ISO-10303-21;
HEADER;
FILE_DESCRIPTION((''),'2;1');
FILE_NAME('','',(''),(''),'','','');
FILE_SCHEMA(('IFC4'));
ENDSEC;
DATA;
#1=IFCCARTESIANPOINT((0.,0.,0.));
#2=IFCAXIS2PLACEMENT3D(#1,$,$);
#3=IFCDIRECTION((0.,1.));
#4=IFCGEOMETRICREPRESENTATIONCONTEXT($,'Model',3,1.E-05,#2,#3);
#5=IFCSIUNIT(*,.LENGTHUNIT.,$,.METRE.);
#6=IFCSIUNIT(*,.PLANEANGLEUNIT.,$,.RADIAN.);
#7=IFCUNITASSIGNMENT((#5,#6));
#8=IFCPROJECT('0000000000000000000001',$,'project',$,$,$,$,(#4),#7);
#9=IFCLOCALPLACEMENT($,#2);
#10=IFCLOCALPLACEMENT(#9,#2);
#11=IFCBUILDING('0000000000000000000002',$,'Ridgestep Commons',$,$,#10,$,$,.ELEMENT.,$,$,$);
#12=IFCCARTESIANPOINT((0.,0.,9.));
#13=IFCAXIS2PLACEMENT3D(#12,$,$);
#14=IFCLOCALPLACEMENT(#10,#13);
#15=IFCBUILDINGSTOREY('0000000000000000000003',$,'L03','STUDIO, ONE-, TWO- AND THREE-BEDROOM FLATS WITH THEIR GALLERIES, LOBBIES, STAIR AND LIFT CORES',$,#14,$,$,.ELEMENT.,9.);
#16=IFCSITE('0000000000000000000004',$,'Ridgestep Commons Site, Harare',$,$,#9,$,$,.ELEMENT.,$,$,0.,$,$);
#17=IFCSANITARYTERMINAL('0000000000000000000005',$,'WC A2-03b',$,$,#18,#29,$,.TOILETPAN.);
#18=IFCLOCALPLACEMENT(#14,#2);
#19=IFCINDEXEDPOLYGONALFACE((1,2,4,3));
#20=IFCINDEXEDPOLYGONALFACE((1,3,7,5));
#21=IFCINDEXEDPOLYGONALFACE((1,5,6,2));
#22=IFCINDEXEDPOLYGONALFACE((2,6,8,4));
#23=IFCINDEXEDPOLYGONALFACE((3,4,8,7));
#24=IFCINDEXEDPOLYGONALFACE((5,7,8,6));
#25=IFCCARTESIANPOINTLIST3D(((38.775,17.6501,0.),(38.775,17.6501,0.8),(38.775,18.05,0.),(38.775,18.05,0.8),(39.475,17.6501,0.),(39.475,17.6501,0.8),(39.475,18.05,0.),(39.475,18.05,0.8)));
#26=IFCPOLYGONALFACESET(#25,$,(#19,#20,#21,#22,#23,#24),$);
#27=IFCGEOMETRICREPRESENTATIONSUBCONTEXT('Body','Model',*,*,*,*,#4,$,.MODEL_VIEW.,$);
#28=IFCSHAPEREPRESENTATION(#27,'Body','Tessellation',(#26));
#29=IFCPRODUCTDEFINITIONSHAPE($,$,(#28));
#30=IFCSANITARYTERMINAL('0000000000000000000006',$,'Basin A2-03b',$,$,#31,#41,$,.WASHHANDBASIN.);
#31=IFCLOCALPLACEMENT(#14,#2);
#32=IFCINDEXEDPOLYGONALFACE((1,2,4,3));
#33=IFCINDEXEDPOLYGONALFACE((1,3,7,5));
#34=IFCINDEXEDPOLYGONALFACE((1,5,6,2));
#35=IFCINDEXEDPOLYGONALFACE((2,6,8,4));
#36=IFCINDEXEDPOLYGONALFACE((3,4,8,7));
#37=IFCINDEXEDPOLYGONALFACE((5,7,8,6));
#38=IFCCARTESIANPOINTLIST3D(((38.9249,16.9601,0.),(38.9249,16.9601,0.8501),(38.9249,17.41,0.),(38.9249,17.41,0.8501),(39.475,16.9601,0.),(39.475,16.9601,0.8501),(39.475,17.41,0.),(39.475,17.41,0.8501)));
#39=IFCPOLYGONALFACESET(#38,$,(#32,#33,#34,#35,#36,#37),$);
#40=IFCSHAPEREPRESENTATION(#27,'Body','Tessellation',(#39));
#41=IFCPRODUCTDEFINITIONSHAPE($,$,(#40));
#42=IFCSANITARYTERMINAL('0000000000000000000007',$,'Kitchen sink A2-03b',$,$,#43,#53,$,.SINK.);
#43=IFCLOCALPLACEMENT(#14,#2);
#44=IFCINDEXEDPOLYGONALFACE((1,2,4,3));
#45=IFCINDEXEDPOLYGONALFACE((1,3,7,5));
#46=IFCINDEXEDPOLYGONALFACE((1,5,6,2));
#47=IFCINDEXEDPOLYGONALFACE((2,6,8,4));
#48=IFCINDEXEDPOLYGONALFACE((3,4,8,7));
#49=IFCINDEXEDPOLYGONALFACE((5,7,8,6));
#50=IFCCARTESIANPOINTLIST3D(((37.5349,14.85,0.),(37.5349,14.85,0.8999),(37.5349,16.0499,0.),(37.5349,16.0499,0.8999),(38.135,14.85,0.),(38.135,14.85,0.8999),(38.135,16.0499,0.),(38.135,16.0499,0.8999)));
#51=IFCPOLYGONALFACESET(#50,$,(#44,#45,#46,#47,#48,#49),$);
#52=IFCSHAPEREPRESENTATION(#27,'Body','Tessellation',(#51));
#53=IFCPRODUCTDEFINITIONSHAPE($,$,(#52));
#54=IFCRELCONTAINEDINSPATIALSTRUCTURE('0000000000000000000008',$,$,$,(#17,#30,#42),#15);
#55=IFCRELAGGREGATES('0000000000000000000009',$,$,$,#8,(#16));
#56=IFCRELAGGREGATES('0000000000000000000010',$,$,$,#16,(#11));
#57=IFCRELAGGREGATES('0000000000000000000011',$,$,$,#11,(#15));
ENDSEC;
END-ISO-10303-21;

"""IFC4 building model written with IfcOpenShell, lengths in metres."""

from ifc_helpers import new_model, si_unit, direction, frame, origin, origin_2d, place, context, subcontext, project, spatial, rectangle, extrude, element, save


model = new_model("IFC4")

# Units and contexts
model_context = context("Model", 3, precision=1e-05, world=origin(), true_north=direction((0.0, 1.0)))
body_context = subcontext(model_context, "Body", "Model", "MODEL_VIEW")
ifc_project = project(units=[si_unit("LENGTHUNIT", "METRE"), si_unit("PLANEANGLEUNIT", "RADIAN")], contexts=[model_context])

# Site, building, storey
site_placement = place(None, origin())
site = spatial("IfcSite", under=ifc_project, at=site_placement, Name="Ridgestep Commons Site, Harare", CompositionType="ELEMENT", RefElevation=0.0)
building_placement = place(site_placement, origin())
building = spatial("IfcBuilding", under=site, at=building_placement, Name="Ridgestep Commons", CompositionType="ELEMENT")
storey_placement = place(building_placement, frame((0.0, 0.0, 9.0)))
storey = spatial("IfcBuildingStorey", under=building, at=storey_placement, Name="L03", Description="STUDIO, ONE-, TWO- AND THREE-BEDROOM FLATS WITH THEIR GALLERIES, LOBBIES, STAIR AND LIFT CORES", CompositionType="ELEMENT", Elevation=9.0)

# Sanitary terminals
sanitary_terminal_1_placement = place(storey_placement, frame((39.125, 17.8501, 0.0), z_axis=(0.0, 0.0, 1.0), x_axis=(1.0, 0.0, 0.0)))
element("IfcSanitaryTerminal", 1, at=sanitary_terminal_1_placement, inside=storey, Name="WC A2-03b", PredefinedType="TOILETPAN", context=body_context, shape_type="SweptSolid", body=[
    extrude(rectangle(XDim=0.7, YDim=0.3999, at=origin_2d()), origin(), (0.0, 0.0, 1.0), 0.8),
])
sanitary_terminal_2_placement = place(storey_placement, frame((39.2, 17.1851, 0.0), z_axis=(0.0, 0.0, 1.0), x_axis=(1.0, 0.0, 0.0)))
element("IfcSanitaryTerminal", 2, at=sanitary_terminal_2_placement, inside=storey, Name="Basin A2-03b", PredefinedType="WASHHANDBASIN", context=body_context, shape_type="SweptSolid", body=[
    extrude(rectangle(XDim=0.55, YDim=0.45, at=origin_2d()), origin(), (0.0, 0.0, 1.0), 0.8501),
])
sanitary_terminal_3_placement = place(storey_placement, frame((37.835, 15.45, 0.0), z_axis=(0.0, 0.0, 1.0), x_axis=(1.0, 0.0, 0.0)))
element("IfcSanitaryTerminal", 3, at=sanitary_terminal_3_placement, inside=storey, Name="Kitchen sink A2-03b", PredefinedType="SINK", context=body_context, shape_type="SweptSolid", body=[
    extrude(rectangle(XDim=0.6001, YDim=1.2, at=origin_2d()), origin(), (0.0, 0.0, 1.0), 0.8999),
])

save(model, "model.ifc")
